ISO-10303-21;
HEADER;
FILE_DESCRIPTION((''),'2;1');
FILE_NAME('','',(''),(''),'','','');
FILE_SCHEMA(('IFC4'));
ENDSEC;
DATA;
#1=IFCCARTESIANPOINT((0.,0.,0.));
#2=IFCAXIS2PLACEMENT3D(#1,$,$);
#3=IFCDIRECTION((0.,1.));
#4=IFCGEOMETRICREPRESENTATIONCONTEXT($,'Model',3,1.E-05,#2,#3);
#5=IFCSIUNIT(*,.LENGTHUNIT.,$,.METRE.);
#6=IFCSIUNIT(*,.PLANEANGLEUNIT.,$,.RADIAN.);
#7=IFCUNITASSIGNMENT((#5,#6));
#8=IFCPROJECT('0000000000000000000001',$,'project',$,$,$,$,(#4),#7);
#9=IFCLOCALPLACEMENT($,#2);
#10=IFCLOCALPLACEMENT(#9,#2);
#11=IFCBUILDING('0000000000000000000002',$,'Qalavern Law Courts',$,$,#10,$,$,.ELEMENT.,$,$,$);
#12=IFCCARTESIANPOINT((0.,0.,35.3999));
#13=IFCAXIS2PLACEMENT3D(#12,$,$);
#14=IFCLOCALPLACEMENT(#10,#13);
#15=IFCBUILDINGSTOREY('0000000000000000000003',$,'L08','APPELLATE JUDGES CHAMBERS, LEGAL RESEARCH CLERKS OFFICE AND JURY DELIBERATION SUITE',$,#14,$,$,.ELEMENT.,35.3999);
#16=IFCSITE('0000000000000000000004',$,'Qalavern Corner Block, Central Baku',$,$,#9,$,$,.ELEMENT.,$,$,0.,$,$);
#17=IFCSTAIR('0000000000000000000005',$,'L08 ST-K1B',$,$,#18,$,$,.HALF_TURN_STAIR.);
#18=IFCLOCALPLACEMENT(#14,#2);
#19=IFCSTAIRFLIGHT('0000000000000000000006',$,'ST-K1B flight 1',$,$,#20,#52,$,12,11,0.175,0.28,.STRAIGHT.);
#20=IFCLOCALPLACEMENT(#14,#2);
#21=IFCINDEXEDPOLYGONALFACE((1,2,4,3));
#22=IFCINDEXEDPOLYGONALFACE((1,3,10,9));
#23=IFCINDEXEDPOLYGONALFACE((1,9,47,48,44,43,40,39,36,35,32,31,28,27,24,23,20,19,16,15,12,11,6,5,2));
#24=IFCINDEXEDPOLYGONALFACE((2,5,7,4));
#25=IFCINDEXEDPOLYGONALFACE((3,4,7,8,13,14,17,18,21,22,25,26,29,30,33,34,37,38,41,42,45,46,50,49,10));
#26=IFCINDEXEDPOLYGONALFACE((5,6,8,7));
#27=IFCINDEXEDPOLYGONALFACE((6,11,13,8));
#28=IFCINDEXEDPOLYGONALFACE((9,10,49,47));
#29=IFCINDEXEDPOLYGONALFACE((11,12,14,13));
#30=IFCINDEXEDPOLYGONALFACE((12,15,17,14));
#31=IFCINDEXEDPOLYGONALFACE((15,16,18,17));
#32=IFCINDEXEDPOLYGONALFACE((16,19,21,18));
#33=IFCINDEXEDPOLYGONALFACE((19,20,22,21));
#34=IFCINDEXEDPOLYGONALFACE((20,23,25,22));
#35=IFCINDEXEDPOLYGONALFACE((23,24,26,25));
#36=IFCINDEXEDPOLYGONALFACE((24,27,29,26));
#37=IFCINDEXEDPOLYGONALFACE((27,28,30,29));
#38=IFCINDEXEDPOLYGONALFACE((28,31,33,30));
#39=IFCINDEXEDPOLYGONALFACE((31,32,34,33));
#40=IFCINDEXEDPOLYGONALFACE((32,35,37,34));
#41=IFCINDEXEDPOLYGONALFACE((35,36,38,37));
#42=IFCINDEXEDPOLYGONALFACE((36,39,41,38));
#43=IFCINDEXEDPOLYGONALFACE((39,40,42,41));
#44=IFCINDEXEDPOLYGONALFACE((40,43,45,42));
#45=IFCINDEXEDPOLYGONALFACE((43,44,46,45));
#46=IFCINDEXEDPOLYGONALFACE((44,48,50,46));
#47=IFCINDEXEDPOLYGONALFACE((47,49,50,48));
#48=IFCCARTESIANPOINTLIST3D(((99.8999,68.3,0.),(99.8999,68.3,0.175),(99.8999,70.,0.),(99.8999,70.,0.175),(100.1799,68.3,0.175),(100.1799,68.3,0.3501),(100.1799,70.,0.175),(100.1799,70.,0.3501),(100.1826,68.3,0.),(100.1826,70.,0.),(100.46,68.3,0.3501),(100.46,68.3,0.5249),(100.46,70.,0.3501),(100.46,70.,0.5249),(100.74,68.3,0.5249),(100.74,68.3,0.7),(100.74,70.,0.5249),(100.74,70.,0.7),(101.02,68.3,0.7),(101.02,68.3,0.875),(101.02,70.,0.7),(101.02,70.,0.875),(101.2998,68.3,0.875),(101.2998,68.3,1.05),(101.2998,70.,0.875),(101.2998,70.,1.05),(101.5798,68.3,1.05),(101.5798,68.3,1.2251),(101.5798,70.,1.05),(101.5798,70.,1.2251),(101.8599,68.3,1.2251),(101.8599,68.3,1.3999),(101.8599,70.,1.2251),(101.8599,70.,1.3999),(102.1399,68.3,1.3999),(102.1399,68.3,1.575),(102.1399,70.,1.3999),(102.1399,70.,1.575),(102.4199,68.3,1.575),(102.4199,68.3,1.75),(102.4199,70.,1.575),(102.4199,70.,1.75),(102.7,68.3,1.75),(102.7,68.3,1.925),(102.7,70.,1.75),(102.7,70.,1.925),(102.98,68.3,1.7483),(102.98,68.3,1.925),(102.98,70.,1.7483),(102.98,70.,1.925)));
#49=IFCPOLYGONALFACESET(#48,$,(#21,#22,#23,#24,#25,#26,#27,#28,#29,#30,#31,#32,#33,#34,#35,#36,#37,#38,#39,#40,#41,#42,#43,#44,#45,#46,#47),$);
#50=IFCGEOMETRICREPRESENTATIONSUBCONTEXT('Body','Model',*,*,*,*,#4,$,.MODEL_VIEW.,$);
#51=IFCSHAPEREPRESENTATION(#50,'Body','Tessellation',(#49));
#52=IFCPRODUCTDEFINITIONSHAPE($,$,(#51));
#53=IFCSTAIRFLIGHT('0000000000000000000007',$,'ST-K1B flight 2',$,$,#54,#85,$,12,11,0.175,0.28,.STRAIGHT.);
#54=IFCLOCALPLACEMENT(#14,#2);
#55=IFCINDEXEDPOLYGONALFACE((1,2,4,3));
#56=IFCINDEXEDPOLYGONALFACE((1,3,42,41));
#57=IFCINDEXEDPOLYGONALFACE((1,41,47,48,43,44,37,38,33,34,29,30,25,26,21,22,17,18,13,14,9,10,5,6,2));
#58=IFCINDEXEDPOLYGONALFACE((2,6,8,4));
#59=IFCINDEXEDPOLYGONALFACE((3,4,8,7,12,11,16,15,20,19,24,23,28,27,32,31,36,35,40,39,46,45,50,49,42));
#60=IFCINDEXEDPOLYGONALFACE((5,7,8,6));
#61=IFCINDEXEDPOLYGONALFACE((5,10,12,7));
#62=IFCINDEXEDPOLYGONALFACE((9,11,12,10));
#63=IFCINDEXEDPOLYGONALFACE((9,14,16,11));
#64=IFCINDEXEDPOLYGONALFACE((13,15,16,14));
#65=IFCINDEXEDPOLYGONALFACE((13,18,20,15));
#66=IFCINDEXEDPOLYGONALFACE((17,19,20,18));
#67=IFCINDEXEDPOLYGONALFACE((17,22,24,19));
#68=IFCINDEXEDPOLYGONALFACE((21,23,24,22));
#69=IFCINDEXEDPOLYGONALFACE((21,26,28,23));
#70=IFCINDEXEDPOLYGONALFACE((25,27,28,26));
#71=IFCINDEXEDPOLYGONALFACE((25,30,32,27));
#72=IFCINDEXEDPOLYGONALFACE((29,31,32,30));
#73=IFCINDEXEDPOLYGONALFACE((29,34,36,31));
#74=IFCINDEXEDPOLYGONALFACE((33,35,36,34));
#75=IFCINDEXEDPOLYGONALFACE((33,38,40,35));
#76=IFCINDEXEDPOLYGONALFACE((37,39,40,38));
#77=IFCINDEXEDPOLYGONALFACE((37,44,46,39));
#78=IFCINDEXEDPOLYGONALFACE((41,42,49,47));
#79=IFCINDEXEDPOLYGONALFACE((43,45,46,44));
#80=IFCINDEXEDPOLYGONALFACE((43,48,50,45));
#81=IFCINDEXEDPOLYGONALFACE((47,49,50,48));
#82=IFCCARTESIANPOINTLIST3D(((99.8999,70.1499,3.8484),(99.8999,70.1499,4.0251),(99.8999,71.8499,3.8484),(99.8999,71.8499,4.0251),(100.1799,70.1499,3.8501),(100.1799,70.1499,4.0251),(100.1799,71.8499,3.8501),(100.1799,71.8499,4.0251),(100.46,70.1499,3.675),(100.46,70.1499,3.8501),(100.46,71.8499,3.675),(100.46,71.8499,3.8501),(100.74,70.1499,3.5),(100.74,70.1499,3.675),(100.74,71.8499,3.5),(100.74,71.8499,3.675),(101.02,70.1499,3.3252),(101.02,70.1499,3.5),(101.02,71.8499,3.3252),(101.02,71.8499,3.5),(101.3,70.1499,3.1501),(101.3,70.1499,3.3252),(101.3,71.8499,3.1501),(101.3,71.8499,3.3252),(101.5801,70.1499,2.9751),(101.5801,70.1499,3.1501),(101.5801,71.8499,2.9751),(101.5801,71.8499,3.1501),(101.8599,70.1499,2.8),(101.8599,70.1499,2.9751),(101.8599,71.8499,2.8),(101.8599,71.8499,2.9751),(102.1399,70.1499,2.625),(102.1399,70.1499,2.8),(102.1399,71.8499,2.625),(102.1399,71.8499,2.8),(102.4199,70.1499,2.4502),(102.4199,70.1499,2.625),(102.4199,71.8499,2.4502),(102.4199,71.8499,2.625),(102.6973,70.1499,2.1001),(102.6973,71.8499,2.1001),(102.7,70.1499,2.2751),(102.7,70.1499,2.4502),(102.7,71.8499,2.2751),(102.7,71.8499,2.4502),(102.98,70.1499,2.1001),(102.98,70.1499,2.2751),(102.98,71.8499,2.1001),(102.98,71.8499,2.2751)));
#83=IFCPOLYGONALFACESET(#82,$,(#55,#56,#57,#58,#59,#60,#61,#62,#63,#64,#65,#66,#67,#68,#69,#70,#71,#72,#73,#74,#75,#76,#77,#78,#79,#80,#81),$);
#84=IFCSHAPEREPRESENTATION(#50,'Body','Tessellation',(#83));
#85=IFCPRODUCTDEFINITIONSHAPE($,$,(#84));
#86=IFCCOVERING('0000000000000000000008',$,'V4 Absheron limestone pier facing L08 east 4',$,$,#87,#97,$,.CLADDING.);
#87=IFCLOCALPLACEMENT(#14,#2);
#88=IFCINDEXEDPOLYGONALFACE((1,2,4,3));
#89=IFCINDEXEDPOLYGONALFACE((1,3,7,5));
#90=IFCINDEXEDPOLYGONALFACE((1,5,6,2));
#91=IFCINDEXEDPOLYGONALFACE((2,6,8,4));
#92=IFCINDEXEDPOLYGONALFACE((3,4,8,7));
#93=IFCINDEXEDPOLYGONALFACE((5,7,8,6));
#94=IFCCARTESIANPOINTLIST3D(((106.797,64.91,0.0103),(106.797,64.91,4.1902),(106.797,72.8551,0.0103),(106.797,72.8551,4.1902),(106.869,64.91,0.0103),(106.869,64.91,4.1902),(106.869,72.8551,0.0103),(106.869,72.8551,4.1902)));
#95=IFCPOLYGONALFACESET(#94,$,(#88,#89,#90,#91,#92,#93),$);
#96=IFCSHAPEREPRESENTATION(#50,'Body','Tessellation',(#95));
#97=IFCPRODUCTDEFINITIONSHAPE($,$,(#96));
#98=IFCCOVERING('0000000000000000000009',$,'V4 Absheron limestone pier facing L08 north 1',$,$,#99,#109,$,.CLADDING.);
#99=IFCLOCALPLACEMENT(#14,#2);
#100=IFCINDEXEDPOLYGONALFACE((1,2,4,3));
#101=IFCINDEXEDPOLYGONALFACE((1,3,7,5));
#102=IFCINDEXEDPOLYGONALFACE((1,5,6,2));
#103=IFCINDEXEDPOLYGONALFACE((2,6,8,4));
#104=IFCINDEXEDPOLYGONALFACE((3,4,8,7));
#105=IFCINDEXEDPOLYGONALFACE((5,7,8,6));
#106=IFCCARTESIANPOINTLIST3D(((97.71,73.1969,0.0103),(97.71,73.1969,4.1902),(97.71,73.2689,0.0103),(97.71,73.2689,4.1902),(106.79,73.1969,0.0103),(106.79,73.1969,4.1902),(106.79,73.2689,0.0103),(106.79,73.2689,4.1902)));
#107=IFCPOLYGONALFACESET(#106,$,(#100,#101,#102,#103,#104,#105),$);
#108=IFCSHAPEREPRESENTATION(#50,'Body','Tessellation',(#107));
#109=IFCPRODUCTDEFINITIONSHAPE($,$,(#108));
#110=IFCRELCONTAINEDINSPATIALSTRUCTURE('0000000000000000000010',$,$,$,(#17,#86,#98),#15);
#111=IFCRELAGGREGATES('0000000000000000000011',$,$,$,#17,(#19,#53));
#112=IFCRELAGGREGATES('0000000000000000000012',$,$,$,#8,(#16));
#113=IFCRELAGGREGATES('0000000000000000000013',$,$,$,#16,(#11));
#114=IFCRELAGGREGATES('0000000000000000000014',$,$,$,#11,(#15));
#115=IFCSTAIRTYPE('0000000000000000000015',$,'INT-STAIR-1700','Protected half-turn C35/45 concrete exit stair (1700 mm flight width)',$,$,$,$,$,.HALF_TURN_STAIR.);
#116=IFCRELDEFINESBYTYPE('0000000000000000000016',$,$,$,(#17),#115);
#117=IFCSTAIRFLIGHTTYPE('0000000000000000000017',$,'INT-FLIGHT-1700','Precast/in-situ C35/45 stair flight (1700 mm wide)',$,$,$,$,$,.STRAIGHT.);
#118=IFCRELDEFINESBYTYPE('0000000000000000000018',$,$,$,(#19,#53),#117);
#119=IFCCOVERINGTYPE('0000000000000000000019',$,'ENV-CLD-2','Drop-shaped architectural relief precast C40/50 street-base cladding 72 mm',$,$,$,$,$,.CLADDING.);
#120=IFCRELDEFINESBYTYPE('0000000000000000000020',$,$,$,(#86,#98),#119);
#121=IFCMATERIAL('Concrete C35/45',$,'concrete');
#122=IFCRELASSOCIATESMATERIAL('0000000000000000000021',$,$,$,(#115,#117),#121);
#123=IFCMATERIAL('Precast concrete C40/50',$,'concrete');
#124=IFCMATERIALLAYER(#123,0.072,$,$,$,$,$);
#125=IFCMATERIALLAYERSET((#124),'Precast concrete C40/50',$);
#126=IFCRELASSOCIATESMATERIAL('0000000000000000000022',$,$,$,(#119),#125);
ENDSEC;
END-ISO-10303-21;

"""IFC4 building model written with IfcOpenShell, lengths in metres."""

from ifc_helpers import new_model, si_unit, direction, frame, origin, origin_2d, place, context, subcontext, project, spatial, polyline, rectangle, outline, extrude, material, layer, layer_set, type_object, element, aggregate, save


model = new_model("IFC4")

# Units and contexts
model_context = context("Model", 3, precision=1e-05, world=origin(), true_north=direction((0.0, 1.0)))
body_context = subcontext(model_context, "Body", "Model", "MODEL_VIEW")
ifc_project = project(units=[si_unit("LENGTHUNIT", "METRE"), si_unit("PLANEANGLEUNIT", "RADIAN")], contexts=[model_context])

# Site, building, storey
site_placement = place(None, origin())
site = spatial("IfcSite", under=ifc_project, at=site_placement, Name="Qalavern Corner Block, Central Baku", CompositionType="ELEMENT", RefElevation=0.0)
building_placement = place(site_placement, origin())
building = spatial("IfcBuilding", under=site, at=building_placement, Name="Qalavern Law Courts", CompositionType="ELEMENT")
storey_placement = place(building_placement, frame((0.0, 0.0, 35.3999)))
storey = spatial("IfcBuildingStorey", under=building, at=storey_placement, Name="L08", Description="APPELLATE JUDGES CHAMBERS, LEGAL RESEARCH CLERKS OFFICE AND JURY DELIBERATION SUITE", CompositionType="ELEMENT", Elevation=35.3999)

# Stair, stair flights
ifc_material_1 = material(Name="Concrete C35/45", Category="concrete")
stair_type = type_object("IfcStairType", Name="INT-STAIR-1700", Description="Protected half-turn C35/45 concrete exit stair (1700 mm flight width)", PredefinedType="HALF_TURN_STAIR", material=ifc_material_1)
stair_placement = place(storey_placement, origin())
stair = element("IfcStair", 1, at=stair_placement, inside=storey, type_object=stair_type, Name="L08 ST-K1B", PredefinedType="HALF_TURN_STAIR")
stair_flight_type = type_object("IfcStairFlightType", Name="INT-FLIGHT-1700", Description="Precast/in-situ C35/45 stair flight (1700 mm wide)", PredefinedType="STRAIGHT", material=ifc_material_1)
stair_flight_1_placement = place(storey_placement, frame((99.8999, 69.1499, 0.0), z_axis=(0.0, 0.0, 1.0), x_axis=(1.0, 0.0, 0.0)))
stair_flight_1 = element("IfcStairFlight", 2, at=stair_flight_1_placement, type_object=stair_flight_type, Name="ST-K1B flight 1", NumberOfRisers=12, NumberOfTreads=11, PredefinedType="STRAIGHT", RiserHeight=0.175, TreadLength=0.28, context=body_context, shape_type="SweptSolid", body=[
    extrude(outline(polyline([(0.0, 0.0), (0.0, 0.175), (0.28, 0.175), (0.28, 0.3501), (0.5601, 0.3501), (0.5601, 0.5249), (0.8401, 0.5249), (0.8401, 0.7), (1.1201, 0.7), (1.1201, 0.875), (1.3999, 0.875), (1.3999, 1.05), (1.6799, 1.05), (1.6799, 1.2251), (1.96, 1.2251), (1.96, 1.3999), (2.24, 1.3999), (2.24, 1.575), (2.52, 1.575), (2.52, 1.75), (2.8, 1.75), (2.8, 1.925), (3.0801, 1.925), (3.0801, 2.1001), (3.0801, 1.7483), (0.2827, 0.0), (0.0, 0.0)])), frame((0.0, 0.8501, 0.0), z_axis=(0.0, -1.0, 0.0), x_axis=(1.0, 0.0, 0.0)), (0.0, 0.0, 1.0), 1.7),
])
stair_flight_2_placement = place(storey_placement, frame((102.98, 71.0, 2.1001), z_axis=(0.0, 0.0, 1.0), x_axis=(-1.0, 0.0, 0.0)))
stair_flight_2 = element("IfcStairFlight", 3, at=stair_flight_2_placement, type_object=stair_flight_type, Name="ST-K1B flight 2", NumberOfRisers=12, NumberOfTreads=11, PredefinedType="STRAIGHT", RiserHeight=0.175, TreadLength=0.28, context=body_context, shape_type="SweptSolid", body=[
    extrude(outline(polyline([(0.0, 0.0), (0.0, 0.175), (0.28, 0.175), (0.28, 0.3501), (0.5601, 0.3501), (0.5601, 0.5249), (0.8401, 0.5249), (0.8401, 0.7), (1.1201, 0.7), (1.1201, 0.875), (1.3999, 0.875), (1.3999, 1.05), (1.6799, 1.05), (1.6799, 1.2251), (1.96, 1.2251), (1.96, 1.3999), (2.24, 1.3999), (2.24, 1.575), (2.52, 1.575), (2.52, 1.75), (2.8, 1.75), (2.8, 1.925), (3.0801, 1.925), (3.0801, 2.1001), (3.0801, 1.7483), (0.2827, 0.0), (0.0, 0.0)])), frame((0.0, 0.8501, 0.0), z_axis=(0.0, -1.0, 0.0), x_axis=(1.0, 0.0, 0.0)), (0.0, 0.0, 1.0), 1.7),
])
aggregate(stair, [stair_flight_1, stair_flight_2])

# Coverings
ifc_material_2 = material(Name="Precast concrete C40/50", Category="concrete")
ifc_layer_1 = layer(ifc_material_2, 0.072)
ifc_layer_set_1 = layer_set([ifc_layer_1], Name="Precast concrete C40/50")
covering_type = type_object("IfcCoveringType", Name="ENV-CLD-2", Description="Drop-shaped architectural relief precast C40/50 street-base cladding 72 mm", PredefinedType="CLADDING", material=ifc_layer_set_1)
covering_1_placement = place(storey_placement, frame((106.833, 68.8826, 0.0103), z_axis=(0.0, 0.0, 1.0), x_axis=(0.0, 1.0, 0.0)))
element("IfcCovering", 4, at=covering_1_placement, inside=storey, type_object=covering_type, Name="V4 Absheron limestone pier facing L08 east 4", PredefinedType="CLADDING", context=body_context, shape_type="SweptSolid", body=[
    extrude(rectangle(XDim=7.9451, YDim=0.072, at=origin_2d()), origin(), (0.0, 0.0, 1.0), 4.1799),
])
covering_2_placement = place(storey_placement, frame((102.25, 73.2329, 0.0103), z_axis=(0.0, 0.0, 1.0), x_axis=(-1.0, 0.0, 0.0)))
element("IfcCovering", 5, at=covering_2_placement, inside=storey, type_object=covering_type, Name="V4 Absheron limestone pier facing L08 north 1", PredefinedType="CLADDING", context=body_context, shape_type="SweptSolid", body=[
    extrude(rectangle(XDim=9.0801, YDim=0.072, at=origin_2d()), origin(), (0.0, 0.0, 1.0), 4.1799),
])

save(model, "model.ifc")
